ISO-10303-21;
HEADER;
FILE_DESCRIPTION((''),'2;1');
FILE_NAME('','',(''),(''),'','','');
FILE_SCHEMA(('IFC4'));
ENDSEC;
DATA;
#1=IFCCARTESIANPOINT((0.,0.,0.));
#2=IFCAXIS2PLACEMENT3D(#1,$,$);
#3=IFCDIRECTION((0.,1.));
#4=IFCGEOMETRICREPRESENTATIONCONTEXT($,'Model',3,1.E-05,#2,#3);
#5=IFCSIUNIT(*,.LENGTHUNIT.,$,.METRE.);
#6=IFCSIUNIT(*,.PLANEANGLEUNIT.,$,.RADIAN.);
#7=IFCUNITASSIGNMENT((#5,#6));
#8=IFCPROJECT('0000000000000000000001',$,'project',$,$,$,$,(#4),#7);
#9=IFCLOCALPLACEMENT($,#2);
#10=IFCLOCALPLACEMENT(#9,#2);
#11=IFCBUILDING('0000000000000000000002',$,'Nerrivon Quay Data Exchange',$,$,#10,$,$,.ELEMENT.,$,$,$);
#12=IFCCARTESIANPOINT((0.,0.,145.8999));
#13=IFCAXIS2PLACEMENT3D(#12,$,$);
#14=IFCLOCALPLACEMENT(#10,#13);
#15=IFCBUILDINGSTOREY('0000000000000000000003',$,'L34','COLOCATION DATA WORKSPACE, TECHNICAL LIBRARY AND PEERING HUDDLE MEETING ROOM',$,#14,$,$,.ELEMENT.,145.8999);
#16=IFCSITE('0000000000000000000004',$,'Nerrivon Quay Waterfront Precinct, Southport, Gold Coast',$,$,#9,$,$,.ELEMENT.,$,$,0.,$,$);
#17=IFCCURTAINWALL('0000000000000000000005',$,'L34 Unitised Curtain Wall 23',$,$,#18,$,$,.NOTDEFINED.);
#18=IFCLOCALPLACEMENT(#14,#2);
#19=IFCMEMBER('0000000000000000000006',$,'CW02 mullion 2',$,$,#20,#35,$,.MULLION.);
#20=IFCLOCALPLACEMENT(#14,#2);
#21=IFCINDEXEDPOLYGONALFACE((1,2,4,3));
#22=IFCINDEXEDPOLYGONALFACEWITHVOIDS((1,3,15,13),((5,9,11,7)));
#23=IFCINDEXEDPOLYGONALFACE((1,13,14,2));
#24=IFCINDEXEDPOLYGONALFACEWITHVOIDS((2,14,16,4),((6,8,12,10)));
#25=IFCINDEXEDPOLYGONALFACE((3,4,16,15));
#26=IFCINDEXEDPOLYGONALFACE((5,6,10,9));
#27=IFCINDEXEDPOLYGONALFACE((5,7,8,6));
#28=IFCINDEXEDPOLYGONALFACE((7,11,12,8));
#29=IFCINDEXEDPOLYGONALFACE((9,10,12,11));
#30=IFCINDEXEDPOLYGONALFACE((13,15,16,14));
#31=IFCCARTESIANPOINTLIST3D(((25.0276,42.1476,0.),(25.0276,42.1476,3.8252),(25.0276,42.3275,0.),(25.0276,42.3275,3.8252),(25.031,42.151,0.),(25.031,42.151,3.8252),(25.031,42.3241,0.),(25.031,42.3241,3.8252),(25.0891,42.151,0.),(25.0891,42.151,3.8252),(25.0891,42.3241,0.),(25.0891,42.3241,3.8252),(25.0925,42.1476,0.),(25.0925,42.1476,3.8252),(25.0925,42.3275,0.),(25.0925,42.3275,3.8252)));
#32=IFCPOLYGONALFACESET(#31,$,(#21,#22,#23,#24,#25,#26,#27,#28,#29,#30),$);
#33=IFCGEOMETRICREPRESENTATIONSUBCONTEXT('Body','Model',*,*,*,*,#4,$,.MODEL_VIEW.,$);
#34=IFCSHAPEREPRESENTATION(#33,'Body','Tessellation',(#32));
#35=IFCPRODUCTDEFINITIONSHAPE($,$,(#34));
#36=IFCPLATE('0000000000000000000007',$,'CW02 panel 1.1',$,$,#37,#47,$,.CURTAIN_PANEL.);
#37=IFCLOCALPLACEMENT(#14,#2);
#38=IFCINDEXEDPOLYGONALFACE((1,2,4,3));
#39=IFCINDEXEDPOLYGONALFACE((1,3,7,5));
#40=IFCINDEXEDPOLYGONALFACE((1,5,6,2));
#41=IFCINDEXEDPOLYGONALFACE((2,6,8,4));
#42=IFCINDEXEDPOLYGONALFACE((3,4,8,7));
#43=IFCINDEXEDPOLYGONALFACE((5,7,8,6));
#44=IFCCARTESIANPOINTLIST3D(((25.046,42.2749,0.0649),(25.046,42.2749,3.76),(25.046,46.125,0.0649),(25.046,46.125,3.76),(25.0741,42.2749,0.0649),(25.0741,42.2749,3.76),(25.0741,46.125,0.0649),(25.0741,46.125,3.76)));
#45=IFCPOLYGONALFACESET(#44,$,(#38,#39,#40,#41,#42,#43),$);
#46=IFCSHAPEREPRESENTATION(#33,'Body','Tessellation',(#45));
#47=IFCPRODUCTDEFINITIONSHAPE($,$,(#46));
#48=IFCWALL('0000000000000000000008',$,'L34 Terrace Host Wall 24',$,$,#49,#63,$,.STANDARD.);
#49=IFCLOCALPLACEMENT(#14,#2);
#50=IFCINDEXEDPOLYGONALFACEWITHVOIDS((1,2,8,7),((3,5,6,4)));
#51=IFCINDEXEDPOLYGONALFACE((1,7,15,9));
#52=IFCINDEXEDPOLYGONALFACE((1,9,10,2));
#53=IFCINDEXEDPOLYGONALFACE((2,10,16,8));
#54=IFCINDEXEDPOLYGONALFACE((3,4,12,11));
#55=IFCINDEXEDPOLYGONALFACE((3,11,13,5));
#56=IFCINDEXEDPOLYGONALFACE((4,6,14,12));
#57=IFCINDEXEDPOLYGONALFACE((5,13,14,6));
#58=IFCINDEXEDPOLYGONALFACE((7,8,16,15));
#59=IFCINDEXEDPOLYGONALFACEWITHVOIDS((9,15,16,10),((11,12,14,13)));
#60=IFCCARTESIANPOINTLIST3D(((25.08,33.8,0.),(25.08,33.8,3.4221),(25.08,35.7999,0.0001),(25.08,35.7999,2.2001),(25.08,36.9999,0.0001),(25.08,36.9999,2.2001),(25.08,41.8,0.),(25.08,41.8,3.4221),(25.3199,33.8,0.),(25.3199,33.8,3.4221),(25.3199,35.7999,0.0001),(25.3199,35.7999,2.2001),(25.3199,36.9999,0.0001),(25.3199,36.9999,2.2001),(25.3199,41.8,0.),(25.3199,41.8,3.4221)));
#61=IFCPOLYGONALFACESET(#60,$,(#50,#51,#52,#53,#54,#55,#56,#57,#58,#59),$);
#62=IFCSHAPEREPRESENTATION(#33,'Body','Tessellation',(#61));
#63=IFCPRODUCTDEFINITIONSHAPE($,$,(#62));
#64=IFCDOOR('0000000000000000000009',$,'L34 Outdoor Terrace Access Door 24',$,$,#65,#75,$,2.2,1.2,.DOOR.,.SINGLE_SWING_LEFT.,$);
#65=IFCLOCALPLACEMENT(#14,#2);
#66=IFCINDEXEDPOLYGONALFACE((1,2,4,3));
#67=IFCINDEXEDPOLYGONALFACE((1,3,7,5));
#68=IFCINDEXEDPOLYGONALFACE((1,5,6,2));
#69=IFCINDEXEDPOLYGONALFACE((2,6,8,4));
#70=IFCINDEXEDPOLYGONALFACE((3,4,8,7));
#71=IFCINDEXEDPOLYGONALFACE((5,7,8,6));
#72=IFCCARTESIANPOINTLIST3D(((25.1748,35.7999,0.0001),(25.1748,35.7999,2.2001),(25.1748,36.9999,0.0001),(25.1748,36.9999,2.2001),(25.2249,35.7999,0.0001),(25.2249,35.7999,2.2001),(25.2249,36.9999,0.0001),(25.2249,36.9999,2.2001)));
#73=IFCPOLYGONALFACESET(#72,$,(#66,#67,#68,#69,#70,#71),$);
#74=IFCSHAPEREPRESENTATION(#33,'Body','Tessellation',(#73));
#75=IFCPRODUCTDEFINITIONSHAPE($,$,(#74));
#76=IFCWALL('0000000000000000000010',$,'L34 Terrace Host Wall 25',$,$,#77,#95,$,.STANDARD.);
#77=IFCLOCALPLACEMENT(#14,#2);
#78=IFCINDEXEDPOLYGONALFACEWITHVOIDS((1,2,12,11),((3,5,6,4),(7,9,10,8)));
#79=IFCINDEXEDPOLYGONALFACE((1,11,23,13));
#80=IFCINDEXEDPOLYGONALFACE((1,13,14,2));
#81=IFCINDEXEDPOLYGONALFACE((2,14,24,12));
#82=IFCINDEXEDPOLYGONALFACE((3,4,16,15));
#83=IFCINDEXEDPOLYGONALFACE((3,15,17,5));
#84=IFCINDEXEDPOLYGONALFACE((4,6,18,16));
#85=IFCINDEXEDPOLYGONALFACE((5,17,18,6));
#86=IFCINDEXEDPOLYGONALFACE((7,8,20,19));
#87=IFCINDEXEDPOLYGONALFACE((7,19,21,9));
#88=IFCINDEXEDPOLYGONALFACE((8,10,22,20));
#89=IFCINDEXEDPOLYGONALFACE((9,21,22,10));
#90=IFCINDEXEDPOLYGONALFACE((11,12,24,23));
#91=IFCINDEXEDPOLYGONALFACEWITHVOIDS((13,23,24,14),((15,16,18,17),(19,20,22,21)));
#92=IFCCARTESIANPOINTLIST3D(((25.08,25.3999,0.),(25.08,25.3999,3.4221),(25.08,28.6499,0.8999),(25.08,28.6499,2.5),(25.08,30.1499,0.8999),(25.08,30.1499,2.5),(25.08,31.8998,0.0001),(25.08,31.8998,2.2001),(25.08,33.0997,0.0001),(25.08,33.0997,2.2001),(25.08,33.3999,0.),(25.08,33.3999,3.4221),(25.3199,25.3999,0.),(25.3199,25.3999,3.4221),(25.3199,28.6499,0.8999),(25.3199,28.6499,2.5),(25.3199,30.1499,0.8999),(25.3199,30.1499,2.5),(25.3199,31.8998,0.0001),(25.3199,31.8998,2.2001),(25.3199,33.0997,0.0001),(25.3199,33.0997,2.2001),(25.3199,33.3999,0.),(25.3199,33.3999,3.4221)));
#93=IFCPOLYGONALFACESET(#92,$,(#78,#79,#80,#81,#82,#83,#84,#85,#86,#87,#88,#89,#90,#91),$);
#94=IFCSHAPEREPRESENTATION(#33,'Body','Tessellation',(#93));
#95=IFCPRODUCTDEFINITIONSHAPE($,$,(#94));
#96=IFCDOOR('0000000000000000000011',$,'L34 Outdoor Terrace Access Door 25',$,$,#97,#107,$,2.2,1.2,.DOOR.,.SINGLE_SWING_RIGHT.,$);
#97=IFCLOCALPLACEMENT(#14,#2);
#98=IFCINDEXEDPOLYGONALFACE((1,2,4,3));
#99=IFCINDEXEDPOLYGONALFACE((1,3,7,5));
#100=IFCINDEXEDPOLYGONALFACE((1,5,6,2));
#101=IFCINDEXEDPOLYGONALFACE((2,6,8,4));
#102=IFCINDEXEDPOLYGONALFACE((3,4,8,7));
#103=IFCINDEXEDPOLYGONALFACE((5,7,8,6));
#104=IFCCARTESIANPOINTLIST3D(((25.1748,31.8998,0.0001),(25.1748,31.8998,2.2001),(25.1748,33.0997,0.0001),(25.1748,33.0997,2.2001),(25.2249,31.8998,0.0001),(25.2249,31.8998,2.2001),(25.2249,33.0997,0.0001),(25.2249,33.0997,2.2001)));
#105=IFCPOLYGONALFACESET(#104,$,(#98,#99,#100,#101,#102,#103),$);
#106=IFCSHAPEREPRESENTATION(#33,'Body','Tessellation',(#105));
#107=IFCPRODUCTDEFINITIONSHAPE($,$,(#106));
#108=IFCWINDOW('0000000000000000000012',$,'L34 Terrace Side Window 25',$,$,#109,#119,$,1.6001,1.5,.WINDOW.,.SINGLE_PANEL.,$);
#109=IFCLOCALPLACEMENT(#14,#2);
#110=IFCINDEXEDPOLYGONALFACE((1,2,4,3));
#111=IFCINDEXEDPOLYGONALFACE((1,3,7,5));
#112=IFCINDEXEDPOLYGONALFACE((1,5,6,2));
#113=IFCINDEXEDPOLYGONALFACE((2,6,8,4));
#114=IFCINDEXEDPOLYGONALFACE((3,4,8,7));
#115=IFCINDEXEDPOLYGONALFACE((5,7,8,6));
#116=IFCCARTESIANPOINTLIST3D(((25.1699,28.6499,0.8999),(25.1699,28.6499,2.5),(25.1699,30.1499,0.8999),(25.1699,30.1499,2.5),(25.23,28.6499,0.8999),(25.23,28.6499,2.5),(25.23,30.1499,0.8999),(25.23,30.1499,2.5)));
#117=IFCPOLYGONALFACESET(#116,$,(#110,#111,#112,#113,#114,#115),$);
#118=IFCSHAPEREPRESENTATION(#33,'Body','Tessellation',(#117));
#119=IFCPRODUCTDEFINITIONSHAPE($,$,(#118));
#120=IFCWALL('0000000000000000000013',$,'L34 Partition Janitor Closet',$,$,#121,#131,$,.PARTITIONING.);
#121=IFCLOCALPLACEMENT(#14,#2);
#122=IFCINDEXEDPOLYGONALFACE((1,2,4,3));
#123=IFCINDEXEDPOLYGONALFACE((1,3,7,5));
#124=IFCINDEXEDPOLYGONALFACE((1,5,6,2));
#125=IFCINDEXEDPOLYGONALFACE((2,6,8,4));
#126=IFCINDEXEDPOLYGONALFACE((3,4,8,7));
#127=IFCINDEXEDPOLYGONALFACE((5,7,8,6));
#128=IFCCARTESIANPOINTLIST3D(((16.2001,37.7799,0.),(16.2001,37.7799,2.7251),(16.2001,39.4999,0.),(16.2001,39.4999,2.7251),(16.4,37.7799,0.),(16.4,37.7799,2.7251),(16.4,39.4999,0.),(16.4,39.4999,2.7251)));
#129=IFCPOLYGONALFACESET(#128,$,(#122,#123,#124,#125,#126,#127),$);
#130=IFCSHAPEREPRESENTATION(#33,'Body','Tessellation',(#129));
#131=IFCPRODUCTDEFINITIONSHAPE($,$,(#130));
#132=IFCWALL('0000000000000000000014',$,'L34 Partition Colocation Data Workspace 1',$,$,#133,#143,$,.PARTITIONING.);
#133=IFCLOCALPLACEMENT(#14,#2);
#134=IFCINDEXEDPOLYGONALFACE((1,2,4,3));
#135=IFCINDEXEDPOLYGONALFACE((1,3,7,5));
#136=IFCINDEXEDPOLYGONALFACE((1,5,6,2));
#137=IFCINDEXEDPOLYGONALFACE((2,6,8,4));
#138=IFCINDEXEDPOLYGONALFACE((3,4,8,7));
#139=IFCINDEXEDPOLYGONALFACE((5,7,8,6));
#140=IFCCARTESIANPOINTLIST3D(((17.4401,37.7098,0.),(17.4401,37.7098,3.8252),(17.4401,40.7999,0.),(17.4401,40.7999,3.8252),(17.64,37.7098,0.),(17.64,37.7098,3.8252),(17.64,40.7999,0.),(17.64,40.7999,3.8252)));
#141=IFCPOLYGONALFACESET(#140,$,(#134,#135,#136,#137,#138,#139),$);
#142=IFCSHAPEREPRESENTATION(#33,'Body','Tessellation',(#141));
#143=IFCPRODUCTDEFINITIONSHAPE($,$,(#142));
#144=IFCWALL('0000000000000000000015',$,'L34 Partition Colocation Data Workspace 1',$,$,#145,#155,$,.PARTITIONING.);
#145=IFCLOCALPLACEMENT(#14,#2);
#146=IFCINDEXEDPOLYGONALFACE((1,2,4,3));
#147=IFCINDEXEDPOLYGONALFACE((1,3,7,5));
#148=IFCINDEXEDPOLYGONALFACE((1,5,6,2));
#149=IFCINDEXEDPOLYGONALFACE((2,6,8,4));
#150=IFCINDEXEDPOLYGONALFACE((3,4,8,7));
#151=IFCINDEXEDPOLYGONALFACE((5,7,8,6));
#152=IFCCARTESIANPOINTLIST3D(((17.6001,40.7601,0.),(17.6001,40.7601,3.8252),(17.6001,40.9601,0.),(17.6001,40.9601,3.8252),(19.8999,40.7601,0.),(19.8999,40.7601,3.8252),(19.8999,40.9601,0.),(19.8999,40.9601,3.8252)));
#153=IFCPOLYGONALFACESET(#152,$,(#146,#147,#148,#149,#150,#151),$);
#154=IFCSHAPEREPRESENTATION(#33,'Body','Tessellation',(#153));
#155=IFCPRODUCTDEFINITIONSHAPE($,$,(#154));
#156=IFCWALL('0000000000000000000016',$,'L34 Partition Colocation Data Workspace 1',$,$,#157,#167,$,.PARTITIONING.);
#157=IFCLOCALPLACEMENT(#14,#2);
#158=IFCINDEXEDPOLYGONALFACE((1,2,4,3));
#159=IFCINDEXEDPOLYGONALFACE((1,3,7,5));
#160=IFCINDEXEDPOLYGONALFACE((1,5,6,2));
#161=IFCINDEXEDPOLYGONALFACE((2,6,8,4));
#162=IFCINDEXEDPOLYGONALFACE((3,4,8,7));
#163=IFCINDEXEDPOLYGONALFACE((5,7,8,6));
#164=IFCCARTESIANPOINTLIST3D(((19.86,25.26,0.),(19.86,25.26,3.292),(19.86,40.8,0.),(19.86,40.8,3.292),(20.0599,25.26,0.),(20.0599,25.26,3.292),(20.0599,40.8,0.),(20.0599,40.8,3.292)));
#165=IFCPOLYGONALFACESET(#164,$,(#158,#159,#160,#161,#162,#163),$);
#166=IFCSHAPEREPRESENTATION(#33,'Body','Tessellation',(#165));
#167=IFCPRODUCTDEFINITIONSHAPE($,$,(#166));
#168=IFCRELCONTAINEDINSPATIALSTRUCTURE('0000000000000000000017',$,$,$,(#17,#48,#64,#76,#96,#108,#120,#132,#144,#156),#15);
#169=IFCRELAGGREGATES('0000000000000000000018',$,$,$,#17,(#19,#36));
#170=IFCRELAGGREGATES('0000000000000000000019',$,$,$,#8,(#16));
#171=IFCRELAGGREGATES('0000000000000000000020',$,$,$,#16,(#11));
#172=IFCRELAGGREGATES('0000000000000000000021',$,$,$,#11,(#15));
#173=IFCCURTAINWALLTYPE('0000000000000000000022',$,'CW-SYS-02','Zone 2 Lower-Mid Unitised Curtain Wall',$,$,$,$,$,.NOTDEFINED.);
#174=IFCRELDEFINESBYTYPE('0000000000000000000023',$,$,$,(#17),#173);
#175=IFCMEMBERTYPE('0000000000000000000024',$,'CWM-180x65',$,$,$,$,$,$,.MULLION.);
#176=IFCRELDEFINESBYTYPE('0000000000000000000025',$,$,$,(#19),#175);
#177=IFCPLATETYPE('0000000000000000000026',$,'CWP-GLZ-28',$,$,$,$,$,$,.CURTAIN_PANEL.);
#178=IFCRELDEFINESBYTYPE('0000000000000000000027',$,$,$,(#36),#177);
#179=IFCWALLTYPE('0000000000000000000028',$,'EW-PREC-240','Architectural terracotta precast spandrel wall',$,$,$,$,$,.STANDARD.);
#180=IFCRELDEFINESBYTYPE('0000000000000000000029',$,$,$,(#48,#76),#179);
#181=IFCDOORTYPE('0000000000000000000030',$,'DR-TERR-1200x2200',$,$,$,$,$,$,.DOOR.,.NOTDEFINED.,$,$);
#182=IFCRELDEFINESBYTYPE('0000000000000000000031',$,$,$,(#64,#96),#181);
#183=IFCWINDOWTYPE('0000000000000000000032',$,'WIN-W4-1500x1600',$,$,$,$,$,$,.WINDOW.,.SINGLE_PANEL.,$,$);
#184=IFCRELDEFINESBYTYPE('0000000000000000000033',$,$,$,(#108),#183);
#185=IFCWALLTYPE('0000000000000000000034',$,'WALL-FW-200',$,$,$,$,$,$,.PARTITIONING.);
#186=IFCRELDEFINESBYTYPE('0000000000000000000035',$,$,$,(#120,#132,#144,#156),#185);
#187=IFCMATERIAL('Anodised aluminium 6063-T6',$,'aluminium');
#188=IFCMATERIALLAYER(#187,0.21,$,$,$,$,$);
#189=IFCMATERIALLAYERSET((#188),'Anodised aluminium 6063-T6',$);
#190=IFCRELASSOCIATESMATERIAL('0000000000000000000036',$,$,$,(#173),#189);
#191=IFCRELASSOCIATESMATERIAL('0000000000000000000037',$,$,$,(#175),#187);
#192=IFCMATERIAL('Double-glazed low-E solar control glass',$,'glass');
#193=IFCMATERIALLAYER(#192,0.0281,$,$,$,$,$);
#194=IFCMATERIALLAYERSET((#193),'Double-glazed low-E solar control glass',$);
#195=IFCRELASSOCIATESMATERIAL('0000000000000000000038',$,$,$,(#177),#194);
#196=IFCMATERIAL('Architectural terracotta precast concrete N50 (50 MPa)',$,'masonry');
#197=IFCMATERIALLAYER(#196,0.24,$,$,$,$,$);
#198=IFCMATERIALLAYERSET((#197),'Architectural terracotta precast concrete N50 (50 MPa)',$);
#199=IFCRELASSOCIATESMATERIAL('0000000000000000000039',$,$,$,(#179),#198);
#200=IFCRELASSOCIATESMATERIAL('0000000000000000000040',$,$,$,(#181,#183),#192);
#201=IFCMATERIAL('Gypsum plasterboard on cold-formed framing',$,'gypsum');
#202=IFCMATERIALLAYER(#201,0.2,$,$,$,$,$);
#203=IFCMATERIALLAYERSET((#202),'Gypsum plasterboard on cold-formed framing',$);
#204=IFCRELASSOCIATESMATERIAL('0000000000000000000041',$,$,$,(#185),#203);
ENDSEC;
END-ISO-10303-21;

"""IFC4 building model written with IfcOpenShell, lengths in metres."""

from ifc_helpers import new_model, si_unit, direction, frame, frame_2d, origin, origin_2d, place, context, subcontext, project, spatial, rectangle, hollow_rectangle, extrude, material, layer, layer_set, material_profile, profile_set, type_object, element, fill, aggregate, save


model = new_model("IFC4")

# Units and contexts
model_context = context("Model", 3, precision=1e-05, world=origin(), true_north=direction((0.0, 1.0)))
body_context = subcontext(model_context, "Body", "Model", "MODEL_VIEW")
ifc_project = project(units=[si_unit("LENGTHUNIT", "METRE"), si_unit("PLANEANGLEUNIT", "RADIAN")], contexts=[model_context])

# Site, building, storey
site_placement = place(None, origin())
site = spatial("IfcSite", under=ifc_project, at=site_placement, Name="Nerrivon Quay Waterfront Precinct, Southport, Gold Coast", CompositionType="ELEMENT", RefElevation=0.0)
building_placement = place(site_placement, origin())
building = spatial("IfcBuilding", under=site, at=building_placement, Name="Nerrivon Quay Data Exchange", CompositionType="ELEMENT")
storey_placement = place(building_placement, frame((0.0, 0.0, 145.8999)))
storey = spatial("IfcBuildingStorey", under=building, at=storey_placement, Name="L34", Description="COLOCATION DATA WORKSPACE, TECHNICAL LIBRARY AND PEERING HUDDLE MEETING ROOM", CompositionType="ELEMENT", Elevation=145.8999)

# Curtain wall, member, plate
ifc_material_1 = material(Name="Anodised aluminium 6063-T6", Category="aluminium")
ifc_layer_1 = layer(ifc_material_1, 0.21)
ifc_layer_set_1 = layer_set([ifc_layer_1], Name="Anodised aluminium 6063-T6")
curtain_wall_type = type_object("IfcCurtainWallType", Name="CW-SYS-02", Description="Zone 2 Lower-Mid Unitised Curtain Wall", PredefinedType="NOTDEFINED", material=ifc_layer_set_1)
curtain_wall_placement = place(storey_placement, origin())
curtain_wall = element("IfcCurtainWall", 1, at=curtain_wall_placement, inside=storey, type_object=curtain_wall_type, Name="L34 Unitised Curtain Wall 23", PredefinedType="NOTDEFINED")
ifc_material_profile_1 = material_profile(ifc_material_1, hollow_rectangle(XDim=0.0649, YDim=0.1799, WallThickness=0.0034, at=origin_2d()), Name="ALU-MULL-180x65")
ifc_profile_set_1 = profile_set([ifc_material_profile_1], Name="Anodised aluminium 6063-T6")
member_type = type_object("IfcMemberType", Name="CWM-180x65", PredefinedType="MULLION", material=ifc_profile_set_1)
member_placement = place(storey_placement, frame((25.0601, 42.2375, 0.0), z_axis=(0.0, 0.0, 1.0), x_axis=(1.0, 0.0, 0.0)))
member = element("IfcMember", 2, at=member_placement, type_object=member_type, Name="CW02 mullion 2", PredefinedType="MULLION", context=body_context, shape_type="SweptSolid", body=[
    extrude(hollow_rectangle(XDim=0.0649, YDim=0.1799, WallThickness=0.0034, at=origin_2d()), origin(), (0.0, 0.0, 1.0), 3.8252),
])
ifc_material_2 = material(Name="Double-glazed low-E solar control glass", Category="glass")
ifc_layer_2 = layer(ifc_material_2, 0.0281)
ifc_layer_set_2 = layer_set([ifc_layer_2], Name="Double-glazed low-E solar control glass")
plate_type = type_object("IfcPlateType", Name="CWP-GLZ-28", PredefinedType="CURTAIN_PANEL", material=ifc_layer_set_2)
plate_placement = place(storey_placement, frame((25.0601, 44.2, 0.0649), z_axis=(0.0, 0.0, 1.0), x_axis=(0.0, -1.0, 0.0)))
plate = element("IfcPlate", 3, at=plate_placement, type_object=plate_type, Name="CW02 panel 1.1", PredefinedType="CURTAIN_PANEL", context=body_context, shape_type="SweptSolid", body=[
    extrude(rectangle(XDim=3.8501, YDim=0.0281, at=origin_2d()), origin(), (0.0, 0.0, 1.0), 3.6951),
])
aggregate(curtain_wall, [member, plate])

# Wall, opening, door
ifc_material_3 = material(Name="Architectural terracotta precast concrete N50 (50 MPa)", Category="masonry")
ifc_layer_3 = layer(ifc_material_3, 0.24)
ifc_layer_set_3 = layer_set([ifc_layer_3], Name="Architectural terracotta precast concrete N50 (50 MPa)")
wall_type_1 = type_object("IfcWallType", Name="EW-PREC-240", Description="Architectural terracotta precast spandrel wall", PredefinedType="STANDARD", material=ifc_layer_set_3)
wall_1_placement = place(storey_placement, frame((25.2, 41.8, 0.0), z_axis=(0.0, 0.0, 1.0), x_axis=(0.0, -1.0, 0.0)))
wall_1 = element("IfcWall", 4, at=wall_1_placement, inside=storey, type_object=wall_type_1, Name="L34 Terrace Host Wall 24", PredefinedType="STANDARD", context=body_context, shape_type="SweptSolid", body=[
    extrude(rectangle(XDim=8.0, YDim=0.24, at=frame_2d((4.0, 0.0))), origin(), (0.0, 0.0, 1.0), 3.4221),
])
opening_1_placement = place(wall_1_placement, frame((4.8, 0.0, 0.0)))
opening_1 = element("IfcOpeningElement", 5, at=opening_1_placement, cuts=wall_1, PredefinedType="OPENING", context=body_context, shape_type="SweptSolid", body=[
    extrude(rectangle(XDim=1.2, YDim=2.2, at=frame_2d((0.6001, 1.1001))), frame((0.0, 0.1299, 0.0), z_axis=(0.0, -1.0, 0.0), x_axis=(1.0, 0.0, 0.0)), (0.0, 0.0, 1.0), 0.26),
])
door_type_1 = type_object("IfcDoorType", Name="DR-TERR-1200x2200", OperationType="NOTDEFINED", PredefinedType="DOOR", material=ifc_material_2)
door_1_placement = place(opening_1_placement, origin())
door_1 = element("IfcDoor", 6, at=door_1_placement, inside=storey, type_object=door_type_1, Name="L34 Outdoor Terrace Access Door 24", OperationType="SINGLE_SWING_LEFT", OverallHeight=2.2, OverallWidth=1.2, PredefinedType="DOOR", context=body_context, shape_type="SweptSolid", body=[
    extrude(rectangle(XDim=1.2, YDim=2.2, at=frame_2d((0.6001, 1.1001))), frame((0.0, 0.0249, 0.0), z_axis=(0.0, -1.0, 0.0), x_axis=(1.0, 0.0, 0.0)), (0.0, 0.0, 1.0), 0.05),
])
fill(opening_1, door_1)

# Wall, openings, door, window
wall_2_placement = place(storey_placement, frame((25.2, 33.3999, 0.0), z_axis=(0.0, 0.0, 1.0), x_axis=(0.0, -1.0, 0.0)))
wall_2 = element("IfcWall", 7, at=wall_2_placement, inside=storey, type_object=wall_type_1, Name="L34 Terrace Host Wall 25", PredefinedType="STANDARD", context=body_context, shape_type="SweptSolid", body=[
    extrude(rectangle(XDim=8.0, YDim=0.24, at=frame_2d((4.0, 0.0))), origin(), (0.0, 0.0, 1.0), 3.4221),
])
opening_2_placement = place(wall_2_placement, frame((0.3, 0.0, 0.0)))
opening_2 = element("IfcOpeningElement", 8, at=opening_2_placement, cuts=wall_2, PredefinedType="OPENING", context=body_context, shape_type="SweptSolid", body=[
    extrude(rectangle(XDim=1.2, YDim=2.2, at=frame_2d((0.6001, 1.1001))), frame((0.0, 0.1299, 0.0), z_axis=(0.0, -1.0, 0.0), x_axis=(1.0, 0.0, 0.0)), (0.0, 0.0, 1.0), 0.26),
])
opening_3_placement = place(wall_2_placement, frame((3.25, 0.0, 0.8999)))
opening_3 = element("IfcOpeningElement", 9, at=opening_3_placement, cuts=wall_2, PredefinedType="OPENING", context=body_context, shape_type="SweptSolid", body=[
    extrude(rectangle(XDim=1.5, YDim=1.6001, at=frame_2d((0.75, 0.8))), frame((0.0, 0.1299, 0.0), z_axis=(0.0, -1.0, 0.0), x_axis=(1.0, 0.0, 0.0)), (0.0, 0.0, 1.0), 0.26),
])
door_2_placement = place(opening_2_placement, origin())
door_2 = element("IfcDoor", 10, at=door_2_placement, inside=storey, type_object=door_type_1, Name="L34 Outdoor Terrace Access Door 25", OperationType="SINGLE_SWING_RIGHT", OverallHeight=2.2, OverallWidth=1.2, PredefinedType="DOOR", context=body_context, shape_type="SweptSolid", body=[
    extrude(rectangle(XDim=1.2, YDim=2.2, at=frame_2d((0.6001, 1.1001))), frame((0.0, 0.0249, 0.0), z_axis=(0.0, -1.0, 0.0), x_axis=(1.0, 0.0, 0.0)), (0.0, 0.0, 1.0), 0.05),
])
fill(opening_2, door_2)
window_type = type_object("IfcWindowType", Name="WIN-W4-1500x1600", PartitioningType="SINGLE_PANEL", PredefinedType="WINDOW", material=ifc_material_2)
window_placement = place(opening_3_placement, origin())
window = element("IfcWindow", 11, at=window_placement, inside=storey, type_object=window_type, Name="L34 Terrace Side Window 25", OverallHeight=1.6001, OverallWidth=1.5, PartitioningType="SINGLE_PANEL", PredefinedType="WINDOW", context=body_context, shape_type="SweptSolid", body=[
    extrude(rectangle(XDim=1.5, YDim=1.6001, at=frame_2d((0.75, 0.8))), frame((0.0, 0.03, 0.0), z_axis=(0.0, -1.0, 0.0), x_axis=(1.0, 0.0, 0.0)), (0.0, 0.0, 1.0), 0.0601),
])
fill(opening_3, window)

# Walls
ifc_material_4 = material(Name="Gypsum plasterboard on cold-formed framing", Category="gypsum")
ifc_layer_4 = layer(ifc_material_4, 0.2)
ifc_layer_set_4 = layer_set([ifc_layer_4], Name="Gypsum plasterboard on cold-formed framing")
wall_type_2 = type_object("IfcWallType", Name="WALL-FW-200", PredefinedType="PARTITIONING", material=ifc_layer_set_4)
wall_3_placement = place(storey_placement, frame((16.3, 37.78, 0.0), z_axis=(0.0, 0.0, 1.0), x_axis=(0.0, 1.0, 0.0)))
element("IfcWall", 12, at=wall_3_placement, inside=storey, type_object=wall_type_2, Name="L34 Partition Janitor Closet", PredefinedType="PARTITIONING", context=body_context, shape_type="SweptSolid", body=[
    extrude(rectangle(XDim=1.72, YDim=0.2, at=frame_2d((0.8599, 0.0))), origin(), (0.0, 0.0, 1.0), 2.7251),
])
wall_4_placement = place(storey_placement, frame((17.54, 37.71, 0.0), z_axis=(0.0, 0.0, 1.0), x_axis=(0.0, 1.0, 0.0)))
element("IfcWall", 13, at=wall_4_placement, inside=storey, type_object=wall_type_2, Name="L34 Partition Colocation Data Workspace 1", PredefinedType="PARTITIONING", context=body_context, shape_type="SweptSolid", body=[
    extrude(rectangle(XDim=3.0901, YDim=0.2, at=frame_2d((1.5449, 0.0))), origin(), (0.0, 0.0, 1.0), 3.8252),
])
wall_5_placement = place(storey_placement, frame((17.6001, 40.8601, 0.0), z_axis=(0.0, 0.0, 1.0), x_axis=(1.0, 0.0, 0.0)))
element("IfcWall", 14, at=wall_5_placement, inside=storey, type_object=wall_type_2, Name="L34 Partition Colocation Data Workspace 1", PredefinedType="PARTITIONING", context=body_context, shape_type="SweptSolid", body=[
    extrude(rectangle(XDim=2.2998, YDim=0.2, at=frame_2d((1.1499, 0.0))), origin(), (0.0, 0.0, 1.0), 3.8252),
])
wall_6_placement = place(storey_placement, frame((19.96, 40.8, 0.0), z_axis=(0.0, 0.0, 1.0), x_axis=(0.0, -1.0, 0.0)))
element("IfcWall", 15, at=wall_6_placement, inside=storey, type_object=wall_type_2, Name="L34 Partition Colocation Data Workspace 1", PredefinedType="PARTITIONING", context=body_context, shape_type="SweptSolid", body=[
    extrude(rectangle(XDim=15.54, YDim=0.2, at=frame_2d((7.77, 0.0))), origin(), (0.0, 0.0, 1.0), 3.292),
])

save(model, "model.ifc")
